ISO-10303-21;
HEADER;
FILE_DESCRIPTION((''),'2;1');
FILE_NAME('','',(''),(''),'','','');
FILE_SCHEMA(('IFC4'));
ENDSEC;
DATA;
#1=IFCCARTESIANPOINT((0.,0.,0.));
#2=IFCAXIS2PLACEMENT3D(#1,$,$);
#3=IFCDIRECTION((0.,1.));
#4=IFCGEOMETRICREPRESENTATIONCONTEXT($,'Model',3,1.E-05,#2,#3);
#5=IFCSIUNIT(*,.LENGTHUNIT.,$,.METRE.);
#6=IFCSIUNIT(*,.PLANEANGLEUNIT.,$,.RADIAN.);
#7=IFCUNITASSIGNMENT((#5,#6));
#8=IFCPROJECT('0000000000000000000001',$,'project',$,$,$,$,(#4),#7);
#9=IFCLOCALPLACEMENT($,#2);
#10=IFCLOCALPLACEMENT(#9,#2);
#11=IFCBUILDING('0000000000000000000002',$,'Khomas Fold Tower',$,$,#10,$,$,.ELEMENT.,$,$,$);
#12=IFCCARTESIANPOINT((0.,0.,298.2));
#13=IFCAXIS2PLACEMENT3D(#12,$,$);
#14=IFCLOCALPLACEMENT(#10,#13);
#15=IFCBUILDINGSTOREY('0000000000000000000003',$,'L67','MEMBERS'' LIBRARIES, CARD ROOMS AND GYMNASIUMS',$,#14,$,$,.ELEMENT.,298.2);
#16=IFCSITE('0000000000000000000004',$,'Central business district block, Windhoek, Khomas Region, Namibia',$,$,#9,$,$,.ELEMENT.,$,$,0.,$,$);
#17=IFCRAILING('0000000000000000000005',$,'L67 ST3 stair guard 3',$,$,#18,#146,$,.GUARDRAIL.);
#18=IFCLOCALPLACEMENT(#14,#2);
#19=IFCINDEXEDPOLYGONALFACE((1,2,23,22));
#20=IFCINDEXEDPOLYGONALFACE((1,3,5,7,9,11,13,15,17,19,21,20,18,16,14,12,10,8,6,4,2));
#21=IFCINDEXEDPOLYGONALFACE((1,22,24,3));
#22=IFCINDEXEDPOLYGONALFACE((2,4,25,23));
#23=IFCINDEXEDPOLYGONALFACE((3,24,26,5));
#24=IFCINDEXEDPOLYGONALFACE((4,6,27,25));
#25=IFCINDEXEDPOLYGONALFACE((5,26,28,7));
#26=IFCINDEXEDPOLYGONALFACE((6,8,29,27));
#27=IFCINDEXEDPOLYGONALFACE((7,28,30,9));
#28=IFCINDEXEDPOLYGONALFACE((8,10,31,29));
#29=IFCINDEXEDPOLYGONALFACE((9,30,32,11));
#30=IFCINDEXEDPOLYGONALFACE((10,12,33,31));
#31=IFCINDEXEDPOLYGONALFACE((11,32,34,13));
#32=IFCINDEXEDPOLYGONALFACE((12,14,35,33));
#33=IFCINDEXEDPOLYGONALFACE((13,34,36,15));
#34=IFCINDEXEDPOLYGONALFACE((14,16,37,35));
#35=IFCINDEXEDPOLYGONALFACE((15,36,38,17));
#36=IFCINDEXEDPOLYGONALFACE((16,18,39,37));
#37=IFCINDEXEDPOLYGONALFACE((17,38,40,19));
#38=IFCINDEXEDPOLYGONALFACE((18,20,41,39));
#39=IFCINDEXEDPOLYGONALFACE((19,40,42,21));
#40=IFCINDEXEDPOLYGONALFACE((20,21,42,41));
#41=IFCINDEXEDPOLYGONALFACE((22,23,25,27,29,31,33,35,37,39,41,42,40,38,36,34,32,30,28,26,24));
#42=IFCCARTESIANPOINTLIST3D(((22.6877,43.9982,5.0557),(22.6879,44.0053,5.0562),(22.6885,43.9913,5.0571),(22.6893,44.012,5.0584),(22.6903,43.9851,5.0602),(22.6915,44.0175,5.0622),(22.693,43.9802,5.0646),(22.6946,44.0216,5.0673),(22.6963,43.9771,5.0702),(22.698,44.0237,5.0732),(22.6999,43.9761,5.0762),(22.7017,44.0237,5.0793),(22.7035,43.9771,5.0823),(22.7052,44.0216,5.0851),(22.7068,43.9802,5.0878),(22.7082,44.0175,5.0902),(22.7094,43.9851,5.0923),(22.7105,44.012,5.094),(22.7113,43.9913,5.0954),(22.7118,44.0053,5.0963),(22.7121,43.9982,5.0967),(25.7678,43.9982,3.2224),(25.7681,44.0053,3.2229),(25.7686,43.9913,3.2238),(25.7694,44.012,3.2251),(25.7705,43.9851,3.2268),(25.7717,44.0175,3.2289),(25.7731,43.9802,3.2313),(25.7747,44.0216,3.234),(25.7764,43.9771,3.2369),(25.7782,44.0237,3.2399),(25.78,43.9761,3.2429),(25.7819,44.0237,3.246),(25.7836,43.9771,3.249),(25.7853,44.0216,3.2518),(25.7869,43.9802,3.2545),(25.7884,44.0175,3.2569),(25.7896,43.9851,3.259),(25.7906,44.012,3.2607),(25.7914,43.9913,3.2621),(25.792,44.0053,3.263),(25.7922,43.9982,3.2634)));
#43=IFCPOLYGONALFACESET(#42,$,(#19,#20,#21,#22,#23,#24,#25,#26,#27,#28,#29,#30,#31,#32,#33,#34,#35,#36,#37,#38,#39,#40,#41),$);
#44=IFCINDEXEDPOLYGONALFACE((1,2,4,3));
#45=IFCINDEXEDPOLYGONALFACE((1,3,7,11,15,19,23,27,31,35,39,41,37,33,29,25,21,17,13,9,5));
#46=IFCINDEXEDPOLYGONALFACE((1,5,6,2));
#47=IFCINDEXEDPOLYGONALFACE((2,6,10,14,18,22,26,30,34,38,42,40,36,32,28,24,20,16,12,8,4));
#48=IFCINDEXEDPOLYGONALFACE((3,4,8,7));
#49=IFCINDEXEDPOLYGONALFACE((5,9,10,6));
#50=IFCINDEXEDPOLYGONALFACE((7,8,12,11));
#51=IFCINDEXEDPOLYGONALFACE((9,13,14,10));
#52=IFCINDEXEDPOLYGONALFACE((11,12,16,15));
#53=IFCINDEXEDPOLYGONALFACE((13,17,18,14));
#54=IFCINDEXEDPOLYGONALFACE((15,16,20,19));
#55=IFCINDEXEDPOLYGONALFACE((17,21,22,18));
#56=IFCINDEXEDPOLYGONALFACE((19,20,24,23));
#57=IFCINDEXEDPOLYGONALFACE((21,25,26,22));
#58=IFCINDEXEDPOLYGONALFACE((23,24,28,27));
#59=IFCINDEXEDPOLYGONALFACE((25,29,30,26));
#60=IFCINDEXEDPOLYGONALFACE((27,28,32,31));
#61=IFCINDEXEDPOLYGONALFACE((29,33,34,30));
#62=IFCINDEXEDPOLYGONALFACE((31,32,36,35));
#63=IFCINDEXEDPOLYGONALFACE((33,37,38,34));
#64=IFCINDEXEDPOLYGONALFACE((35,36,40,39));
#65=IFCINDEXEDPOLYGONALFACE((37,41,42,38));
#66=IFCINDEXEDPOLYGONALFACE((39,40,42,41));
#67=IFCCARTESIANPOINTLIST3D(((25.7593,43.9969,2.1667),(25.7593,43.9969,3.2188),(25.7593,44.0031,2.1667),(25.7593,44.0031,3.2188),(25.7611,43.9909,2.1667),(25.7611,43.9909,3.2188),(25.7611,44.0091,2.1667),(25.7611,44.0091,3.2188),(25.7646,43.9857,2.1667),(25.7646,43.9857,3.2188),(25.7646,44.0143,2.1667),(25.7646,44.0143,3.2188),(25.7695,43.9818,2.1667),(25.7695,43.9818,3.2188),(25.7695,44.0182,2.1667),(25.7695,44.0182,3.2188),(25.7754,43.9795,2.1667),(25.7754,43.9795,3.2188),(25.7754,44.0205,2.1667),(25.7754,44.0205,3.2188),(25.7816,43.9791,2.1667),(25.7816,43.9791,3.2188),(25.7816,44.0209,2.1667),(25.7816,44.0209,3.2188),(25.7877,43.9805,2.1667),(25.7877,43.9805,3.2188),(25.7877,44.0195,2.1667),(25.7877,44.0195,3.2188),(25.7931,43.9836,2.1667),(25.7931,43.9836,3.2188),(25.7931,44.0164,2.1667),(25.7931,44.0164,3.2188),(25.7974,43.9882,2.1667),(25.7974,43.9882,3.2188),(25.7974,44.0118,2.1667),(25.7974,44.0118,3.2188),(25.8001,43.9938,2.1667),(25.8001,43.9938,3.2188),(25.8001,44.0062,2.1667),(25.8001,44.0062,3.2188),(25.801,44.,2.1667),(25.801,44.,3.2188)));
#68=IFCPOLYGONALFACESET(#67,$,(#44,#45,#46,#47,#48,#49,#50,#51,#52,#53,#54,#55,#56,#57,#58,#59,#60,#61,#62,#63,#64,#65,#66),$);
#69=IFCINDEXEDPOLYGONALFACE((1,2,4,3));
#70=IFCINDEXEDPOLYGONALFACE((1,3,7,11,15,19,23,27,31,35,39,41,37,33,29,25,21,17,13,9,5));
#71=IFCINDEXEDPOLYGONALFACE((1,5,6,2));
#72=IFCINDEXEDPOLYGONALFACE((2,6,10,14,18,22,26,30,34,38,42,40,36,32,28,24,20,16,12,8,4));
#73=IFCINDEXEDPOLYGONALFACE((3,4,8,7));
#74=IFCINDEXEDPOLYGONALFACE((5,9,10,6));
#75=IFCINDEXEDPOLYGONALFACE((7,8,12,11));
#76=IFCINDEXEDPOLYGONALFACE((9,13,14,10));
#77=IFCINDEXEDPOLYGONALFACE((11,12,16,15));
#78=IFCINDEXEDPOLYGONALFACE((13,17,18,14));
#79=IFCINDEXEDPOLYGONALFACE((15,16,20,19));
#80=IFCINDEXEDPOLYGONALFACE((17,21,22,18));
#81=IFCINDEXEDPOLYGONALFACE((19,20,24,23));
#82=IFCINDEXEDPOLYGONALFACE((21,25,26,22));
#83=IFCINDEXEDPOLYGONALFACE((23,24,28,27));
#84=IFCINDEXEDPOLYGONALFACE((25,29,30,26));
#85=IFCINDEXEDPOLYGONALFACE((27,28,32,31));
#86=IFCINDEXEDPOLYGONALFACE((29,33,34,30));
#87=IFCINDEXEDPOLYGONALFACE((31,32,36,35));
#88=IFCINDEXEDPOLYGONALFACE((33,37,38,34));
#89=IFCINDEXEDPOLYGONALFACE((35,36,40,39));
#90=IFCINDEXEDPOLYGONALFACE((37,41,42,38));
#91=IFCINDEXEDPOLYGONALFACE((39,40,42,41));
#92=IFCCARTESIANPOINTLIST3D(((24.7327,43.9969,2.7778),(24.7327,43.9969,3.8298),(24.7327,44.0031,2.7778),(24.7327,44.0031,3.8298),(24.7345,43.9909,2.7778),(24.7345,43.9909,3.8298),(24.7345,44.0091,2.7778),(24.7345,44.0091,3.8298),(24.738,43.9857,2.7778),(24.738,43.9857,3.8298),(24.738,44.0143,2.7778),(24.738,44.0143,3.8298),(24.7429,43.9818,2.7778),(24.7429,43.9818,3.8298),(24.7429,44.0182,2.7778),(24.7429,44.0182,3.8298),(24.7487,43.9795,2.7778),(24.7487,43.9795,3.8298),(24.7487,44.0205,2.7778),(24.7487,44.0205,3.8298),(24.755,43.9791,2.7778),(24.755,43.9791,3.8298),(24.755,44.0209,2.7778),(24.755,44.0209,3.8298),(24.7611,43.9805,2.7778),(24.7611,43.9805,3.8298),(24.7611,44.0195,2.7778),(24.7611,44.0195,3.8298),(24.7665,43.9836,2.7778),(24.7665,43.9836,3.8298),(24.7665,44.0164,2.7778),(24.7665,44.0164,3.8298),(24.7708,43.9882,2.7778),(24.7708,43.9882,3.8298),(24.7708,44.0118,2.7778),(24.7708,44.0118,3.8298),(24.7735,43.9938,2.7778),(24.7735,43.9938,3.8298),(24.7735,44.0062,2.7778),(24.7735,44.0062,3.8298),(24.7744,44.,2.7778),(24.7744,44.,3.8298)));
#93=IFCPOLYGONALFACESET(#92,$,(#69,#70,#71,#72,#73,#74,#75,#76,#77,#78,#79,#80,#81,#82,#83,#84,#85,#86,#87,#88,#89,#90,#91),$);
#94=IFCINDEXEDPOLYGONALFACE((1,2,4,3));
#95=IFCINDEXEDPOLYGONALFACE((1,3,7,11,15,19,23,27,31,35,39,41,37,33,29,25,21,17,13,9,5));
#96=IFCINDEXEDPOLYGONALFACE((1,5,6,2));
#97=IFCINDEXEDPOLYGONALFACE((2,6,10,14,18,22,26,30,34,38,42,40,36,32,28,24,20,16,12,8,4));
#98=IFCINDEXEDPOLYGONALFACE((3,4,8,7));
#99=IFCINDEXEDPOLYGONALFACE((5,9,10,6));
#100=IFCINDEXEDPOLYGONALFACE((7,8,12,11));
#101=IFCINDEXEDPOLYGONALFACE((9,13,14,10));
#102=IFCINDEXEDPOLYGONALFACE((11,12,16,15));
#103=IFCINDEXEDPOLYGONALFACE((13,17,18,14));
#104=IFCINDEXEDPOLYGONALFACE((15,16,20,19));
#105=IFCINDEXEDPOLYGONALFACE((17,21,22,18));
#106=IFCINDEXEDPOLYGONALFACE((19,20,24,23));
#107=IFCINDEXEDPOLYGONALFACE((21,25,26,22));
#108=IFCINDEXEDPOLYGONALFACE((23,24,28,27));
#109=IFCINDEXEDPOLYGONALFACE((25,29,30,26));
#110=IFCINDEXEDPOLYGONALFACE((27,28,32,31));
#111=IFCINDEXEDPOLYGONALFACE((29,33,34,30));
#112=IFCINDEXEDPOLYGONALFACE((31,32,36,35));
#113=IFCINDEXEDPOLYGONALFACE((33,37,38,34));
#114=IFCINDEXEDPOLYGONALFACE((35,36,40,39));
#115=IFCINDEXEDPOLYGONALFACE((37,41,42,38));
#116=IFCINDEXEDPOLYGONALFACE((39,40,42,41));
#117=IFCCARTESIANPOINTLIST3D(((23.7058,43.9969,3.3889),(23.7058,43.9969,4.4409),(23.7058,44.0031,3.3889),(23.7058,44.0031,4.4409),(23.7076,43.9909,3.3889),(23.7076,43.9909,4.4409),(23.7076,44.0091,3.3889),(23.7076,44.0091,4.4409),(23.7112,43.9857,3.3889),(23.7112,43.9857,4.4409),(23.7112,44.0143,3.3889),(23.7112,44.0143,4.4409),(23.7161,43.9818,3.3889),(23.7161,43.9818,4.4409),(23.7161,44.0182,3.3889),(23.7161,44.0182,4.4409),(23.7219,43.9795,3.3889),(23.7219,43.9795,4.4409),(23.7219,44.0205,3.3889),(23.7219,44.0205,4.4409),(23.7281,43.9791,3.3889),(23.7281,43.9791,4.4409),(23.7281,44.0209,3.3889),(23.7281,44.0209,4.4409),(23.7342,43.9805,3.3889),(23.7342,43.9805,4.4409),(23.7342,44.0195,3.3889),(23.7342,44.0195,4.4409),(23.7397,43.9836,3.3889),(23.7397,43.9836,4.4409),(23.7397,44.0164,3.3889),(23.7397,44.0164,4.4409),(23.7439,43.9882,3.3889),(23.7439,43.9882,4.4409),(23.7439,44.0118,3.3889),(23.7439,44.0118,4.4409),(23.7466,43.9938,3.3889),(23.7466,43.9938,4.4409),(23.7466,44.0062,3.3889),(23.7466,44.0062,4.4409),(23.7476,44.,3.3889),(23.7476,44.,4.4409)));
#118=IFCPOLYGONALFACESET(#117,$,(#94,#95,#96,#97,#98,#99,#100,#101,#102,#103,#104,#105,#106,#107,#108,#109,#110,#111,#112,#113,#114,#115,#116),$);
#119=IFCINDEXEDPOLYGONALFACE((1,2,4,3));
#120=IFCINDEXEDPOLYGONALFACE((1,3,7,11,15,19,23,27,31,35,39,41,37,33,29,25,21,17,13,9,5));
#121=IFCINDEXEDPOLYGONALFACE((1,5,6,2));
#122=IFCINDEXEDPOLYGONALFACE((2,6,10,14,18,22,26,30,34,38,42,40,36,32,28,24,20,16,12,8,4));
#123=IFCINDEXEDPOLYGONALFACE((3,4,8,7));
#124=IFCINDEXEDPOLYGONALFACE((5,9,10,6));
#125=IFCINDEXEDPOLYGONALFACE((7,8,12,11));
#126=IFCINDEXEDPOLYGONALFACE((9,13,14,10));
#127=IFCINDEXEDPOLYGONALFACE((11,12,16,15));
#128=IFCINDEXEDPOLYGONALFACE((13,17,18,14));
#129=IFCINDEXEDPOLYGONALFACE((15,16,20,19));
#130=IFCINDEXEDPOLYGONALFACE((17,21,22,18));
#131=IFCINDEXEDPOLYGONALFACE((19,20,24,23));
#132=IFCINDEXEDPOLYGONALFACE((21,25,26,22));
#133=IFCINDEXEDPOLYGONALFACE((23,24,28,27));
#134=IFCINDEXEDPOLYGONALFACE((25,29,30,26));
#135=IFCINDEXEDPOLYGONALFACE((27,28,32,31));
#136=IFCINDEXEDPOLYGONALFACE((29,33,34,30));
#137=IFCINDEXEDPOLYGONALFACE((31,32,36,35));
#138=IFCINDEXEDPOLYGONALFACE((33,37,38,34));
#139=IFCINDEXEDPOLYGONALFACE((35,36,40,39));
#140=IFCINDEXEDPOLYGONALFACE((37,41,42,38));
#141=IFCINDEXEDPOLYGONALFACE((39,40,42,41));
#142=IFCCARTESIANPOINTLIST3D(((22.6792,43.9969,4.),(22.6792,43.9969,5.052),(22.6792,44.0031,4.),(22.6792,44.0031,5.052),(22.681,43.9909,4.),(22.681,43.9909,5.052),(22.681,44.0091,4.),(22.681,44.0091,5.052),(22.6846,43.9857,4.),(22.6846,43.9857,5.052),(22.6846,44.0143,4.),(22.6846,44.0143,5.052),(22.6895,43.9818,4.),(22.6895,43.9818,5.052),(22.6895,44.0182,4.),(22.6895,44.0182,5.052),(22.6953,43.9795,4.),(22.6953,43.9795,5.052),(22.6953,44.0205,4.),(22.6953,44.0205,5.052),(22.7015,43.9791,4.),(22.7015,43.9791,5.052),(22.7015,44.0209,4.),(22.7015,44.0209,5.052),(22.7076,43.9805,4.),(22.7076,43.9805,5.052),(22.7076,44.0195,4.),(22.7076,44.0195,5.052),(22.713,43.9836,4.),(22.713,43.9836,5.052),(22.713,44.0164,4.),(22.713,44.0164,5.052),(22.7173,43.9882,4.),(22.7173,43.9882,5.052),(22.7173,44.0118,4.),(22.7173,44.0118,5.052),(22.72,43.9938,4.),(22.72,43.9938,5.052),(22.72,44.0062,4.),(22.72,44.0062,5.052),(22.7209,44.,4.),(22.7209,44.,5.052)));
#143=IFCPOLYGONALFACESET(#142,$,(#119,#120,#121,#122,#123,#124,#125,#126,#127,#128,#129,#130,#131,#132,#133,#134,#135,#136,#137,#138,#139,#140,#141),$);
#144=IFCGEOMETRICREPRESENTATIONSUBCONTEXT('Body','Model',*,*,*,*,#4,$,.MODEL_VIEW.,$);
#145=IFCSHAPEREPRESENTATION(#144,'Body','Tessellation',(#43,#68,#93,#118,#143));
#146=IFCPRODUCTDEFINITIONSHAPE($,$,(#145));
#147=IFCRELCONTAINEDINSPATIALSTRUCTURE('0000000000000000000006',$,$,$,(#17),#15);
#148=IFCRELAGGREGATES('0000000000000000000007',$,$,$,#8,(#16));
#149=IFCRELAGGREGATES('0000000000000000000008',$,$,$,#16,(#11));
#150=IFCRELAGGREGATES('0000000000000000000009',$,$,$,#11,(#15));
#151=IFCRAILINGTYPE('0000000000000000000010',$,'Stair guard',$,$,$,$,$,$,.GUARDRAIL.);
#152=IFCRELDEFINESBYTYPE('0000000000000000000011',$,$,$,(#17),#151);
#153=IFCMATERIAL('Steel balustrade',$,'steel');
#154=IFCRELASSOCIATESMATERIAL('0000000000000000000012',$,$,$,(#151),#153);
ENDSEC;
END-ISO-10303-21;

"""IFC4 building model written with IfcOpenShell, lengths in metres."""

from ifc_helpers import new_model, si_unit, direction, frame, origin, origin_2d, place, context, subcontext, project, spatial, circle, extrude, source, transform, mapped, material, type_object, element, save


model = new_model("IFC4")

# Units and contexts
model_context = context("Model", 3, precision=1e-05, world=origin(), true_north=direction((0.0, 1.0)))
body_context = subcontext(model_context, "Body", "Model", "MODEL_VIEW")
ifc_project = project(units=[si_unit("LENGTHUNIT", "METRE"), si_unit("PLANEANGLEUNIT", "RADIAN")], contexts=[model_context])

# Site, building, storey
site_placement = place(None, origin())
site = spatial("IfcSite", under=ifc_project, at=site_placement, Name="Central business district block, Windhoek, Khomas Region, Namibia", CompositionType="ELEMENT", RefElevation=0.0)
building_placement = place(site_placement, origin())
building = spatial("IfcBuilding", under=site, at=building_placement, Name="Khomas Fold Tower", CompositionType="ELEMENT")
storey_placement = place(building_placement, frame((0.0, 0.0, 298.2)))
storey = spatial("IfcBuildingStorey", under=building, at=storey_placement, Name="L67", Description="MEMBERS' LIBRARIES, CARD ROOMS AND GYMNASIUMS", CompositionType="ELEMENT", Elevation=298.2)

# Railing
ifc_material_1 = material(Name="Steel balustrade", Category="steel")
railing_type_1 = type_object("IfcRailingType", Name="Stair guard", PredefinedType="GUARDRAIL", material=ifc_material_1)
shared_shape_1 = source(origin(), body_context, "Body", "SweptSolid", [
    extrude(circle(Radius=0.0239, at=origin_2d()), frame((0.0, 0.0, 1.0762), z_axis=(-0.859309, 0.0, 0.511458), x_axis=(0.0, -1.0, 0.0)), (0.0, 0.0, 1.0), 3.5845),
    extrude(circle(Radius=0.021, at=origin_2d()), origin(), (0.0, 0.0, 1.0), 1.052),
    extrude(circle(Radius=0.021, at=origin_2d()), frame((-1.0266, 0.0, 0.6111)), (0.0, 0.0, 1.0), 1.052),
    extrude(circle(Radius=0.021, at=origin_2d()), frame((-2.0535, 0.0, 1.2222)), (0.0, 0.0, 1.0), 1.052),
    extrude(circle(Radius=0.021, at=origin_2d()), frame((-3.0801, 0.0, 1.8333)), (0.0, 0.0, 1.0), 1.052),
])
railing_1_placement = place(storey_placement, frame((25.78, 44.0, 2.1667)))
element("IfcRailing", 1, at=railing_1_placement, inside=storey, type_object=railing_type_1, Name="L67 ST3 stair guard 3", PredefinedType="GUARDRAIL", context=body_context, shape_type="MappedRepresentation", body=[
    mapped(shared_shape_1, transform((0.0, 0.0, 0.0))),
])

save(model, "model.ifc")
